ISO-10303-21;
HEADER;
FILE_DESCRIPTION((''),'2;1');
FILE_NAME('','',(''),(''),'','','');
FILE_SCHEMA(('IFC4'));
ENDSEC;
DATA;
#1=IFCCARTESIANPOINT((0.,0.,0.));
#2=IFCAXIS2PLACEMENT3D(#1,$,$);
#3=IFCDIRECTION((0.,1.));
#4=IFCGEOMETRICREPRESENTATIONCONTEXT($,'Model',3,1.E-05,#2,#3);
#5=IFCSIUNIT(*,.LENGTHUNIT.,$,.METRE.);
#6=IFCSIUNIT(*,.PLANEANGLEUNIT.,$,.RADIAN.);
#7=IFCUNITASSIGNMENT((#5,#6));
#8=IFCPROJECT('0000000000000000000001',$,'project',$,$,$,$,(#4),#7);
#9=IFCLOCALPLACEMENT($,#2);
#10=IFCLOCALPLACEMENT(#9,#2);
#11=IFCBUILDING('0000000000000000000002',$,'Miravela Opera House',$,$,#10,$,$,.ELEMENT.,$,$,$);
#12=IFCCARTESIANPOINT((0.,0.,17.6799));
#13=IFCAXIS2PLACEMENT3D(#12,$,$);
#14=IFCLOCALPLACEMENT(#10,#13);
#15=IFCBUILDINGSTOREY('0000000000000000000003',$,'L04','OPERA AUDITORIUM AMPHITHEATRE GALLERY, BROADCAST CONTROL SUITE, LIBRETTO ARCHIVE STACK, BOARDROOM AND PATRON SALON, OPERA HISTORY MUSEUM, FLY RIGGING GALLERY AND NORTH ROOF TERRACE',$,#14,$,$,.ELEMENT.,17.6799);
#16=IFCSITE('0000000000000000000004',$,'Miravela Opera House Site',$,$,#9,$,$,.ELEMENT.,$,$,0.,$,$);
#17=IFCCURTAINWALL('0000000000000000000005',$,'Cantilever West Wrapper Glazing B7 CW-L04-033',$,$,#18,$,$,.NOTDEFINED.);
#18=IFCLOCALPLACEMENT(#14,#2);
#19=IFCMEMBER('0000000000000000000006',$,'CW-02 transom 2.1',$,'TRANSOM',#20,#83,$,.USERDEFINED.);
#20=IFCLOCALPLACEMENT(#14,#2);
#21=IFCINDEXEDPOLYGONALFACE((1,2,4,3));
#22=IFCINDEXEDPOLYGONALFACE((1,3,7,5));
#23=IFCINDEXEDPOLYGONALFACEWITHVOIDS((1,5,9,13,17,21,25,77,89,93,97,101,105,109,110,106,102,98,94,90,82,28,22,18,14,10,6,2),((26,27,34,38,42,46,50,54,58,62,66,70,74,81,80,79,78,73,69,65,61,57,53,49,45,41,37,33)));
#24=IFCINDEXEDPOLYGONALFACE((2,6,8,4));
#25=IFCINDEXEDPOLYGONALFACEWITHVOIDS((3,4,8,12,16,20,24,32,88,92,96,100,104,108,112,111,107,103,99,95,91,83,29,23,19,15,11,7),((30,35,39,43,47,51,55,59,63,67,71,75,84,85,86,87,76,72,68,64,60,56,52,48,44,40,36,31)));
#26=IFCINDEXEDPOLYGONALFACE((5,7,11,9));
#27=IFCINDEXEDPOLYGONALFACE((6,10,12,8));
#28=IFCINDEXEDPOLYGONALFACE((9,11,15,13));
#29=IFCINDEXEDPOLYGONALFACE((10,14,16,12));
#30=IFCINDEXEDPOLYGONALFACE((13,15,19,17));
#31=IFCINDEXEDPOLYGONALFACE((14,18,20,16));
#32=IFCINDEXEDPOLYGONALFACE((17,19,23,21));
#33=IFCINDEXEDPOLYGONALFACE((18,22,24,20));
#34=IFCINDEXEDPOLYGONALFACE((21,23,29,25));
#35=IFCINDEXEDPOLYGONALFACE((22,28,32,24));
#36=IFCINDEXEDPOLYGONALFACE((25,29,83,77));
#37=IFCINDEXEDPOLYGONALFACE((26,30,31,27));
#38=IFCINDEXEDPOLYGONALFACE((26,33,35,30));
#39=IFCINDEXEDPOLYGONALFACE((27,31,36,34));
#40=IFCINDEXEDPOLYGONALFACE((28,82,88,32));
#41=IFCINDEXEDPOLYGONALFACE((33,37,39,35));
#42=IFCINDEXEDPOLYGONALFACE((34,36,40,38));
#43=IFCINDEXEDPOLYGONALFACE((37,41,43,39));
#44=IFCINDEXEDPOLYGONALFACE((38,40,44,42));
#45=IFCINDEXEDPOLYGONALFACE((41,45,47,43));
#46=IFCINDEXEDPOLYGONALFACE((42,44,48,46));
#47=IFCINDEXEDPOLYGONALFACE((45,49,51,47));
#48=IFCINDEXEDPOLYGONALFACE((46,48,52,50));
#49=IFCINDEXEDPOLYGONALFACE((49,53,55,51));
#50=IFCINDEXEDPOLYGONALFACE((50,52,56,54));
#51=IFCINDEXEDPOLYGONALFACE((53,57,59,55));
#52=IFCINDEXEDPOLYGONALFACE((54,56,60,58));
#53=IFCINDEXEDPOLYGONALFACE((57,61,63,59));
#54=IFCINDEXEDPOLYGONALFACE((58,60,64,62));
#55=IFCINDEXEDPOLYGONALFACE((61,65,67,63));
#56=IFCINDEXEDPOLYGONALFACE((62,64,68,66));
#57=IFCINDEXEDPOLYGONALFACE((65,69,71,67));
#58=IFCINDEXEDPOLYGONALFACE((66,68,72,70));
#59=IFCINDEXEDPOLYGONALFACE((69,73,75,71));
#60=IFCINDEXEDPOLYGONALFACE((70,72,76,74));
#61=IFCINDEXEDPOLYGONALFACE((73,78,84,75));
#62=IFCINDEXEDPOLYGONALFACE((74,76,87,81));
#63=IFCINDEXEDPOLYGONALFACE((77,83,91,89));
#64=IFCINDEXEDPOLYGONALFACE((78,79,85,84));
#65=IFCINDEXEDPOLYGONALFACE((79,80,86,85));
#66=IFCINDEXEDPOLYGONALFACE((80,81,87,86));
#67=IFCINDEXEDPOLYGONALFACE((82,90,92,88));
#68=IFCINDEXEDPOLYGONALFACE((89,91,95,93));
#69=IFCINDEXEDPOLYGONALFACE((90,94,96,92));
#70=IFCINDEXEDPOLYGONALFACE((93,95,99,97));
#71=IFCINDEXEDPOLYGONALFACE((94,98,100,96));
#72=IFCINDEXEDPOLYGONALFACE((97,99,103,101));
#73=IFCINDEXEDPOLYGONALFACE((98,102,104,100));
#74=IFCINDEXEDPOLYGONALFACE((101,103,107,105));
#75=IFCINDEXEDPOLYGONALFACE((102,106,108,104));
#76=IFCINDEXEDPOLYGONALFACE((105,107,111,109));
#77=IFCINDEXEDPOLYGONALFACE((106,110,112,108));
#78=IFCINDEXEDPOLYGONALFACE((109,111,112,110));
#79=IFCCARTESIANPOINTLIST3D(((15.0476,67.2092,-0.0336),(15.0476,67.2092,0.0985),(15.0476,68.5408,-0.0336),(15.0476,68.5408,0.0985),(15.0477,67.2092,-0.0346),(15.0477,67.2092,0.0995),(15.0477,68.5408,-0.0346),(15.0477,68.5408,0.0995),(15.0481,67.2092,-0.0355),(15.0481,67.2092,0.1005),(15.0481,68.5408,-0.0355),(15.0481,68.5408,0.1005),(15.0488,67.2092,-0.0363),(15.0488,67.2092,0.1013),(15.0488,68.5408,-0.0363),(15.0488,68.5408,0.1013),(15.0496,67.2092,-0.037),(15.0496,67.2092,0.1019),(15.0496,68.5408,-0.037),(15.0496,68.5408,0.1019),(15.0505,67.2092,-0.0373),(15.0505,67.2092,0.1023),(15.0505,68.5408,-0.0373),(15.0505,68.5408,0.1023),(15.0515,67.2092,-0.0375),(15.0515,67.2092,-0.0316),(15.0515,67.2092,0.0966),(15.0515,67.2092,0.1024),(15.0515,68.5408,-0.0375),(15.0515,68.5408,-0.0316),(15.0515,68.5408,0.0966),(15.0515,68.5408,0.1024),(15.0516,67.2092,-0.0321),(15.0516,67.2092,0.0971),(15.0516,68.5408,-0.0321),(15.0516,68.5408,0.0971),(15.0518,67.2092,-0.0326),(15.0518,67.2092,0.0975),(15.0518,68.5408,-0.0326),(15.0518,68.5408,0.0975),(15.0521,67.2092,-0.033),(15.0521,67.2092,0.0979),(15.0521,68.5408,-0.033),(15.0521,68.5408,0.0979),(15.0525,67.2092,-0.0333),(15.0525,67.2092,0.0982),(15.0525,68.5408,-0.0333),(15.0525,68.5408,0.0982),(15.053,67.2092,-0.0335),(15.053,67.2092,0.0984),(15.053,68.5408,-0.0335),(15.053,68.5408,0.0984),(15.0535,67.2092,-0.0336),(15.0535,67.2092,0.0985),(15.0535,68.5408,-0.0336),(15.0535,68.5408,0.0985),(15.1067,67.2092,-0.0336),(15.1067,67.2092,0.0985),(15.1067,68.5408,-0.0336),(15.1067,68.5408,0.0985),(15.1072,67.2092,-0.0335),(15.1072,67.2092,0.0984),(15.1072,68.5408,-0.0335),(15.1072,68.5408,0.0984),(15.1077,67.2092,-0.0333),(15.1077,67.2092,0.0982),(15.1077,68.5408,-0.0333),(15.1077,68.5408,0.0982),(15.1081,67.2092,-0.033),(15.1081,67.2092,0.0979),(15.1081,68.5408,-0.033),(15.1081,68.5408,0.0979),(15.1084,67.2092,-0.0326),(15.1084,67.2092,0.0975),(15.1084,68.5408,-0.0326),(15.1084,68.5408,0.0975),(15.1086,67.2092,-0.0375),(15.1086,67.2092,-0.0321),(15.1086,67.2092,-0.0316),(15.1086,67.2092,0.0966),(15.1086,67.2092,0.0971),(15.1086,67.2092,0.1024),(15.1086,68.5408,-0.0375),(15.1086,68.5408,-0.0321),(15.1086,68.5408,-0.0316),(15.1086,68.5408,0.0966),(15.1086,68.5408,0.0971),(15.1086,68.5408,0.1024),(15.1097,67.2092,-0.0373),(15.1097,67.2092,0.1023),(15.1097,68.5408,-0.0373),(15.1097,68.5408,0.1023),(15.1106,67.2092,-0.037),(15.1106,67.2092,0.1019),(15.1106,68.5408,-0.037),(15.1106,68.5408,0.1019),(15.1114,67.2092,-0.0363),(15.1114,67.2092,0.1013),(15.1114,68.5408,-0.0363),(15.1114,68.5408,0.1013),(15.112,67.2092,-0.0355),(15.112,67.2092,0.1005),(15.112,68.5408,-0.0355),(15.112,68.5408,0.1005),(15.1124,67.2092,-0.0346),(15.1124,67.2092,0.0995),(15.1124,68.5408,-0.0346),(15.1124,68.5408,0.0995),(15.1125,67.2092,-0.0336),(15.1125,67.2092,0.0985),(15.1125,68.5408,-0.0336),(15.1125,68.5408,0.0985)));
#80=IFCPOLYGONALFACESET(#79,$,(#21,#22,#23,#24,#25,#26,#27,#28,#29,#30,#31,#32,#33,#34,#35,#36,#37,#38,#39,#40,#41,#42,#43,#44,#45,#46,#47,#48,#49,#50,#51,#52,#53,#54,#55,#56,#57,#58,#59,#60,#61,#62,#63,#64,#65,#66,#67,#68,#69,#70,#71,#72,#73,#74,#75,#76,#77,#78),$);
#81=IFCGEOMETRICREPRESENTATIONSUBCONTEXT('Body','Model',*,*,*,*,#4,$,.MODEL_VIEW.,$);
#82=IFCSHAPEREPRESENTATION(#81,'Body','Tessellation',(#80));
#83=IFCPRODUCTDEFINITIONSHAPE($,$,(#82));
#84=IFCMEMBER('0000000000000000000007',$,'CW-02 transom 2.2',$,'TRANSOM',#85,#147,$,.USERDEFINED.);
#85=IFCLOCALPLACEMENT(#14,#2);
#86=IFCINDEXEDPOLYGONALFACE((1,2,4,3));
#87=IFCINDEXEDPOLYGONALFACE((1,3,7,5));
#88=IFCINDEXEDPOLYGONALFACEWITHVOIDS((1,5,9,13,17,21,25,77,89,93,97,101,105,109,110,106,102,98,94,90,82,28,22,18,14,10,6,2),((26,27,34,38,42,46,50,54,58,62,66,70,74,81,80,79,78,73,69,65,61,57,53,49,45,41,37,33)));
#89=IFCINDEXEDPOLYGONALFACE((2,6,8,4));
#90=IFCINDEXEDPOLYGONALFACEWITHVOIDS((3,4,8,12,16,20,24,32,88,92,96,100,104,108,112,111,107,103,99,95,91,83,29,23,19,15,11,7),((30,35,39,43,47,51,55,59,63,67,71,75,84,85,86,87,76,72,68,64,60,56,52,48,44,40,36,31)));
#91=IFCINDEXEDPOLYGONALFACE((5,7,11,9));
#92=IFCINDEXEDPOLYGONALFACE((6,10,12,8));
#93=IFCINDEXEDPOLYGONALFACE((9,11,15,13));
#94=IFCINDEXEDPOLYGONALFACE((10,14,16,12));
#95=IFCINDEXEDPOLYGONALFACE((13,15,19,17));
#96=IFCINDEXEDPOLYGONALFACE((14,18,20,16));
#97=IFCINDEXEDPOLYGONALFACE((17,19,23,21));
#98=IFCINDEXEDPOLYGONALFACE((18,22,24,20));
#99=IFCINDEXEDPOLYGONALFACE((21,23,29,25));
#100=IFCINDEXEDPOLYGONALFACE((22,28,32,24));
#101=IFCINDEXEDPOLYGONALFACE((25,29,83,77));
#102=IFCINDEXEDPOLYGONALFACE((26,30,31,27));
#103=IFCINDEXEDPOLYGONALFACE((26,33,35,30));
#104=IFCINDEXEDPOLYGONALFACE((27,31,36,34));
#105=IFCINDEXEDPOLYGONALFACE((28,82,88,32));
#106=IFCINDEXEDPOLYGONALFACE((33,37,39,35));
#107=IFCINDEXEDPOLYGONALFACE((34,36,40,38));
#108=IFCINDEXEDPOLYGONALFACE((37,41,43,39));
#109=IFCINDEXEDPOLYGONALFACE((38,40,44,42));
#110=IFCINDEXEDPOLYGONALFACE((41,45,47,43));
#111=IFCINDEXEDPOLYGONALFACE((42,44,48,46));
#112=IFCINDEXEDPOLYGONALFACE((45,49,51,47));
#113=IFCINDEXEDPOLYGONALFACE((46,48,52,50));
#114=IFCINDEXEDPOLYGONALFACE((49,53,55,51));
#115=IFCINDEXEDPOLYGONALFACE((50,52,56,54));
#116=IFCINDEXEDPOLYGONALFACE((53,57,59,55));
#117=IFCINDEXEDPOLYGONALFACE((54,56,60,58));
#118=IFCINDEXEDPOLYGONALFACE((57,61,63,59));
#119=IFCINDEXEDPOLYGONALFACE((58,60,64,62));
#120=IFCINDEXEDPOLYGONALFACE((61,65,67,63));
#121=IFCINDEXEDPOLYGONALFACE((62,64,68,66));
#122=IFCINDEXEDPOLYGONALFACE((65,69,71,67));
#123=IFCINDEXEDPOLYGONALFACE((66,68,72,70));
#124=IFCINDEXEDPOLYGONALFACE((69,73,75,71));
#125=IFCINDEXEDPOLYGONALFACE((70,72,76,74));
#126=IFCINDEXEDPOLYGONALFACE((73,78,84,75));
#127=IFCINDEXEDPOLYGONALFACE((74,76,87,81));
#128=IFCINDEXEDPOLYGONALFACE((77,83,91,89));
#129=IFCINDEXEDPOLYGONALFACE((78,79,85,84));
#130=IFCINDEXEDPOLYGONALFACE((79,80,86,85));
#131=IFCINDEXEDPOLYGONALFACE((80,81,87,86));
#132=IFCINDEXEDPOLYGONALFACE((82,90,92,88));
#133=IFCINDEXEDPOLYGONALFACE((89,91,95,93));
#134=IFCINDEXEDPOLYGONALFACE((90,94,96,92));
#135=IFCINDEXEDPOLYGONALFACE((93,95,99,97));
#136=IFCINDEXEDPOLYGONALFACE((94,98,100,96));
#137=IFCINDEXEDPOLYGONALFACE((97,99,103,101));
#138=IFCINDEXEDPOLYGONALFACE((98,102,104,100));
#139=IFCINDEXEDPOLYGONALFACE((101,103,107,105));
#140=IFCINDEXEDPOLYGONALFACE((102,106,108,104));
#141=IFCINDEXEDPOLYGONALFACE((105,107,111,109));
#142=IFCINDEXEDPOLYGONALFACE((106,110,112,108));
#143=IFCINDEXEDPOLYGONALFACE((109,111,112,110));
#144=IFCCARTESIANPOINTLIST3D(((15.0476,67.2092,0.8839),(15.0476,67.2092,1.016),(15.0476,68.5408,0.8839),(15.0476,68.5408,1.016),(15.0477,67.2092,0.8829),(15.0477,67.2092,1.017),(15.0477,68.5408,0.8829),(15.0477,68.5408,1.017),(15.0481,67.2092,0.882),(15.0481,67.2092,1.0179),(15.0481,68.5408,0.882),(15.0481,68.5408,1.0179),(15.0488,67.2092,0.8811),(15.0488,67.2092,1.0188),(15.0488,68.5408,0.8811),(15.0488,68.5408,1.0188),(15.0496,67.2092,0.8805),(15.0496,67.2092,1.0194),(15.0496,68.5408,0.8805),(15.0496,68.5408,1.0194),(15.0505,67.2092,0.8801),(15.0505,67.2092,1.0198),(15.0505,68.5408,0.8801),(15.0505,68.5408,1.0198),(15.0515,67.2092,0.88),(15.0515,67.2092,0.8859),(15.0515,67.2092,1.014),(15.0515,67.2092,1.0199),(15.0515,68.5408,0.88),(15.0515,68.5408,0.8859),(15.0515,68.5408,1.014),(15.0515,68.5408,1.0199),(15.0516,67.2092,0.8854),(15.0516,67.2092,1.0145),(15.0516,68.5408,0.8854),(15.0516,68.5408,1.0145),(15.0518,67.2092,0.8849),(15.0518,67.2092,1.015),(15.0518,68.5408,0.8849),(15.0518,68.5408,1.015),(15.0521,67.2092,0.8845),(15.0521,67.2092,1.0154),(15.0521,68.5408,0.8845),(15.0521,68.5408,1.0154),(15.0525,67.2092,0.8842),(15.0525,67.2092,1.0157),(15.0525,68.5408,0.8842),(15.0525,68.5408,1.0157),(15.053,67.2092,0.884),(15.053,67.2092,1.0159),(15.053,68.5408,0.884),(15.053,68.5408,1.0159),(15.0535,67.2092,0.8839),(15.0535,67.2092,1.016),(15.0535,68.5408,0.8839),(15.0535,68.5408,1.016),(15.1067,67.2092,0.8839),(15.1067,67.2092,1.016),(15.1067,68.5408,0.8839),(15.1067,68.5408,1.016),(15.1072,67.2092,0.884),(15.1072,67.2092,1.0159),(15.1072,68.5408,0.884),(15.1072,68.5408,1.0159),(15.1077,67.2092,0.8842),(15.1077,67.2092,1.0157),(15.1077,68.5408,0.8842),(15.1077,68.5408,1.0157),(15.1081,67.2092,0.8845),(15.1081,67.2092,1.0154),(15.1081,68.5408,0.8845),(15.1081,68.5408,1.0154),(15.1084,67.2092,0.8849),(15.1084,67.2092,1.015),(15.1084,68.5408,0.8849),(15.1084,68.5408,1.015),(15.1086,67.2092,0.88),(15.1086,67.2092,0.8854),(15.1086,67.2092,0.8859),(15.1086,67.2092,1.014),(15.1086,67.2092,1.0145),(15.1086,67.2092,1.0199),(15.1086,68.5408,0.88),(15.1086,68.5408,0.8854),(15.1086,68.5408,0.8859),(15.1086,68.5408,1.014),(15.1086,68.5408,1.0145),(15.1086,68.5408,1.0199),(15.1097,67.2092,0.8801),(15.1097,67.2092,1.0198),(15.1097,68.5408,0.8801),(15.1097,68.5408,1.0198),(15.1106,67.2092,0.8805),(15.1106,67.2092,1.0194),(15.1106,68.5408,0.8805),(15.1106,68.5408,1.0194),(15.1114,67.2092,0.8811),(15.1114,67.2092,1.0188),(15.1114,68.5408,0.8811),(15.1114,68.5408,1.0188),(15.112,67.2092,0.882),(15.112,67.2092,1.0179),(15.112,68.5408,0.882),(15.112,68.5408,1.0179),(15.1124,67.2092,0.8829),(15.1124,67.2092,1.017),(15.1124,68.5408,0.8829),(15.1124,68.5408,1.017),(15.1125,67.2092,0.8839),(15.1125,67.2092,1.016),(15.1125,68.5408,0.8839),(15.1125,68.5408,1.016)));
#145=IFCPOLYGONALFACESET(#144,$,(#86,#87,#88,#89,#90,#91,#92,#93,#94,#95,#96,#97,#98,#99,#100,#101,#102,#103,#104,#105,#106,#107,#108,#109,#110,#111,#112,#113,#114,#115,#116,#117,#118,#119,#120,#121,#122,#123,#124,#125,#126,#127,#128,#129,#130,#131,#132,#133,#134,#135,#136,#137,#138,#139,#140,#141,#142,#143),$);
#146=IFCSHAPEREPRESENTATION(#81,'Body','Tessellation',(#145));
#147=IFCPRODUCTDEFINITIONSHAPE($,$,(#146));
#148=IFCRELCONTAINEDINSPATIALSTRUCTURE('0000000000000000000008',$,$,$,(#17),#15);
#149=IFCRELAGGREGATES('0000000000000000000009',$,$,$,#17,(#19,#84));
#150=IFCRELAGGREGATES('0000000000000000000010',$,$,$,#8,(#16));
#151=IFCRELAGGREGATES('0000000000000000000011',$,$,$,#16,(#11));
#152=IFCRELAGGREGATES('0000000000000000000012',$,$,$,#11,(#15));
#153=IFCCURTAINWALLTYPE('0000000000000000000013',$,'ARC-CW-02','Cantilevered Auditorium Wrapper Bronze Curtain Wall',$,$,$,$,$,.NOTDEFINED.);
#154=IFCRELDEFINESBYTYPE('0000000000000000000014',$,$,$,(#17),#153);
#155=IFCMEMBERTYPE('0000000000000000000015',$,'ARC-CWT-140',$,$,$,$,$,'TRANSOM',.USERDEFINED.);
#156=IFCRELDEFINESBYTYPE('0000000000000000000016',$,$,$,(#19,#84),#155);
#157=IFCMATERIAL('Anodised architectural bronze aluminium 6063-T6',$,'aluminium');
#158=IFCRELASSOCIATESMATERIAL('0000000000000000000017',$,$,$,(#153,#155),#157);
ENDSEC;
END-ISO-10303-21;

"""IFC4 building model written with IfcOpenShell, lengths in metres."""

from ifc_helpers import new_model, si_unit, direction, frame, origin, origin_2d, place, context, subcontext, project, spatial, hollow_rectangle, extrude, material, material_profile, profile_set, type_object, element, aggregate, save


model = new_model("IFC4")

# Units and contexts
model_context = context("Model", 3, precision=1e-05, world=origin(), true_north=direction((0.0, 1.0)))
body_context = subcontext(model_context, "Body", "Model", "MODEL_VIEW")
ifc_project = project(units=[si_unit("LENGTHUNIT", "METRE"), si_unit("PLANEANGLEUNIT", "RADIAN")], contexts=[model_context])

# Site, building, storey
site_placement = place(None, origin())
site = spatial("IfcSite", under=ifc_project, at=site_placement, Name="Miravela Opera House Site", CompositionType="ELEMENT", RefElevation=0.0)
building_placement = place(site_placement, origin())
building = spatial("IfcBuilding", under=site, at=building_placement, Name="Miravela Opera House", CompositionType="ELEMENT")
storey_placement = place(building_placement, frame((0.0, 0.0, 17.6799)))
storey = spatial("IfcBuildingStorey", under=building, at=storey_placement, Name="L04", Description="OPERA AUDITORIUM AMPHITHEATRE GALLERY, BROADCAST CONTROL SUITE, LIBRETTO ARCHIVE STACK, BOARDROOM AND PATRON SALON, OPERA HISTORY MUSEUM, FLY RIGGING GALLERY AND NORTH ROOF TERRACE", CompositionType="ELEMENT", Elevation=17.6799)

# Curtain wall, members
ifc_material_1 = material(Name="Anodised architectural bronze aluminium 6063-T6", Category="aluminium")
curtain_wall_type = type_object("IfcCurtainWallType", Name="ARC-CW-02", Description="Cantilevered Auditorium Wrapper Bronze Curtain Wall", PredefinedType="NOTDEFINED", material=ifc_material_1)
curtain_wall_placement = place(storey_placement, origin())
curtain_wall = element("IfcCurtainWall", 1, at=curtain_wall_placement, inside=storey, type_object=curtain_wall_type, Name="Cantilever West Wrapper Glazing B7 CW-L04-033", PredefinedType="NOTDEFINED")
ifc_material_profile_1 = material_profile(ifc_material_1, hollow_rectangle(XDim=0.0649, YDim=0.1399, WallThickness=0.0039, InnerFilletRadius=0.002, OuterFilletRadius=0.0039, at=origin_2d()), Name="CWT-65X140")
ifc_profile_set_1 = profile_set([ifc_material_profile_1])
member_type_1 = type_object("IfcMemberType", Name="ARC-CWT-140", ElementType="TRANSOM", PredefinedType="USERDEFINED", material=ifc_profile_set_1)
member_1_placement = place(storey_placement, frame((15.0801, 67.2092, 0.0325), z_axis=(0.0, 1.0, 0.0), x_axis=(-1.0, 0.0, 0.0)))
member_1 = element("IfcMember", 2, at=member_1_placement, type_object=member_type_1, Name="CW-02 transom 2.1", ObjectType="TRANSOM", PredefinedType="USERDEFINED", context=body_context, shape_type="SweptSolid", body=[
    extrude(hollow_rectangle(XDim=0.0649, YDim=0.1399, WallThickness=0.0039, InnerFilletRadius=0.002, OuterFilletRadius=0.0039, at=origin_2d()), origin(), (0.0, 0.0, 1.0), 1.3315),
])
member_2_placement = place(storey_placement, frame((15.0801, 67.2092, 0.95), z_axis=(0.0, 1.0, 0.0), x_axis=(-1.0, 0.0, 0.0)))
member_2 = element("IfcMember", 3, at=member_2_placement, type_object=member_type_1, Name="CW-02 transom 2.2", ObjectType="TRANSOM", PredefinedType="USERDEFINED", context=body_context, shape_type="SweptSolid", body=[
    extrude(hollow_rectangle(XDim=0.0649, YDim=0.1399, WallThickness=0.0039, InnerFilletRadius=0.002, OuterFilletRadius=0.0039, at=origin_2d()), origin(), (0.0, 0.0, 1.0), 1.3315),
])

aggregate(curtain_wall, [member_1, member_2])

save(model, "model.ifc")
